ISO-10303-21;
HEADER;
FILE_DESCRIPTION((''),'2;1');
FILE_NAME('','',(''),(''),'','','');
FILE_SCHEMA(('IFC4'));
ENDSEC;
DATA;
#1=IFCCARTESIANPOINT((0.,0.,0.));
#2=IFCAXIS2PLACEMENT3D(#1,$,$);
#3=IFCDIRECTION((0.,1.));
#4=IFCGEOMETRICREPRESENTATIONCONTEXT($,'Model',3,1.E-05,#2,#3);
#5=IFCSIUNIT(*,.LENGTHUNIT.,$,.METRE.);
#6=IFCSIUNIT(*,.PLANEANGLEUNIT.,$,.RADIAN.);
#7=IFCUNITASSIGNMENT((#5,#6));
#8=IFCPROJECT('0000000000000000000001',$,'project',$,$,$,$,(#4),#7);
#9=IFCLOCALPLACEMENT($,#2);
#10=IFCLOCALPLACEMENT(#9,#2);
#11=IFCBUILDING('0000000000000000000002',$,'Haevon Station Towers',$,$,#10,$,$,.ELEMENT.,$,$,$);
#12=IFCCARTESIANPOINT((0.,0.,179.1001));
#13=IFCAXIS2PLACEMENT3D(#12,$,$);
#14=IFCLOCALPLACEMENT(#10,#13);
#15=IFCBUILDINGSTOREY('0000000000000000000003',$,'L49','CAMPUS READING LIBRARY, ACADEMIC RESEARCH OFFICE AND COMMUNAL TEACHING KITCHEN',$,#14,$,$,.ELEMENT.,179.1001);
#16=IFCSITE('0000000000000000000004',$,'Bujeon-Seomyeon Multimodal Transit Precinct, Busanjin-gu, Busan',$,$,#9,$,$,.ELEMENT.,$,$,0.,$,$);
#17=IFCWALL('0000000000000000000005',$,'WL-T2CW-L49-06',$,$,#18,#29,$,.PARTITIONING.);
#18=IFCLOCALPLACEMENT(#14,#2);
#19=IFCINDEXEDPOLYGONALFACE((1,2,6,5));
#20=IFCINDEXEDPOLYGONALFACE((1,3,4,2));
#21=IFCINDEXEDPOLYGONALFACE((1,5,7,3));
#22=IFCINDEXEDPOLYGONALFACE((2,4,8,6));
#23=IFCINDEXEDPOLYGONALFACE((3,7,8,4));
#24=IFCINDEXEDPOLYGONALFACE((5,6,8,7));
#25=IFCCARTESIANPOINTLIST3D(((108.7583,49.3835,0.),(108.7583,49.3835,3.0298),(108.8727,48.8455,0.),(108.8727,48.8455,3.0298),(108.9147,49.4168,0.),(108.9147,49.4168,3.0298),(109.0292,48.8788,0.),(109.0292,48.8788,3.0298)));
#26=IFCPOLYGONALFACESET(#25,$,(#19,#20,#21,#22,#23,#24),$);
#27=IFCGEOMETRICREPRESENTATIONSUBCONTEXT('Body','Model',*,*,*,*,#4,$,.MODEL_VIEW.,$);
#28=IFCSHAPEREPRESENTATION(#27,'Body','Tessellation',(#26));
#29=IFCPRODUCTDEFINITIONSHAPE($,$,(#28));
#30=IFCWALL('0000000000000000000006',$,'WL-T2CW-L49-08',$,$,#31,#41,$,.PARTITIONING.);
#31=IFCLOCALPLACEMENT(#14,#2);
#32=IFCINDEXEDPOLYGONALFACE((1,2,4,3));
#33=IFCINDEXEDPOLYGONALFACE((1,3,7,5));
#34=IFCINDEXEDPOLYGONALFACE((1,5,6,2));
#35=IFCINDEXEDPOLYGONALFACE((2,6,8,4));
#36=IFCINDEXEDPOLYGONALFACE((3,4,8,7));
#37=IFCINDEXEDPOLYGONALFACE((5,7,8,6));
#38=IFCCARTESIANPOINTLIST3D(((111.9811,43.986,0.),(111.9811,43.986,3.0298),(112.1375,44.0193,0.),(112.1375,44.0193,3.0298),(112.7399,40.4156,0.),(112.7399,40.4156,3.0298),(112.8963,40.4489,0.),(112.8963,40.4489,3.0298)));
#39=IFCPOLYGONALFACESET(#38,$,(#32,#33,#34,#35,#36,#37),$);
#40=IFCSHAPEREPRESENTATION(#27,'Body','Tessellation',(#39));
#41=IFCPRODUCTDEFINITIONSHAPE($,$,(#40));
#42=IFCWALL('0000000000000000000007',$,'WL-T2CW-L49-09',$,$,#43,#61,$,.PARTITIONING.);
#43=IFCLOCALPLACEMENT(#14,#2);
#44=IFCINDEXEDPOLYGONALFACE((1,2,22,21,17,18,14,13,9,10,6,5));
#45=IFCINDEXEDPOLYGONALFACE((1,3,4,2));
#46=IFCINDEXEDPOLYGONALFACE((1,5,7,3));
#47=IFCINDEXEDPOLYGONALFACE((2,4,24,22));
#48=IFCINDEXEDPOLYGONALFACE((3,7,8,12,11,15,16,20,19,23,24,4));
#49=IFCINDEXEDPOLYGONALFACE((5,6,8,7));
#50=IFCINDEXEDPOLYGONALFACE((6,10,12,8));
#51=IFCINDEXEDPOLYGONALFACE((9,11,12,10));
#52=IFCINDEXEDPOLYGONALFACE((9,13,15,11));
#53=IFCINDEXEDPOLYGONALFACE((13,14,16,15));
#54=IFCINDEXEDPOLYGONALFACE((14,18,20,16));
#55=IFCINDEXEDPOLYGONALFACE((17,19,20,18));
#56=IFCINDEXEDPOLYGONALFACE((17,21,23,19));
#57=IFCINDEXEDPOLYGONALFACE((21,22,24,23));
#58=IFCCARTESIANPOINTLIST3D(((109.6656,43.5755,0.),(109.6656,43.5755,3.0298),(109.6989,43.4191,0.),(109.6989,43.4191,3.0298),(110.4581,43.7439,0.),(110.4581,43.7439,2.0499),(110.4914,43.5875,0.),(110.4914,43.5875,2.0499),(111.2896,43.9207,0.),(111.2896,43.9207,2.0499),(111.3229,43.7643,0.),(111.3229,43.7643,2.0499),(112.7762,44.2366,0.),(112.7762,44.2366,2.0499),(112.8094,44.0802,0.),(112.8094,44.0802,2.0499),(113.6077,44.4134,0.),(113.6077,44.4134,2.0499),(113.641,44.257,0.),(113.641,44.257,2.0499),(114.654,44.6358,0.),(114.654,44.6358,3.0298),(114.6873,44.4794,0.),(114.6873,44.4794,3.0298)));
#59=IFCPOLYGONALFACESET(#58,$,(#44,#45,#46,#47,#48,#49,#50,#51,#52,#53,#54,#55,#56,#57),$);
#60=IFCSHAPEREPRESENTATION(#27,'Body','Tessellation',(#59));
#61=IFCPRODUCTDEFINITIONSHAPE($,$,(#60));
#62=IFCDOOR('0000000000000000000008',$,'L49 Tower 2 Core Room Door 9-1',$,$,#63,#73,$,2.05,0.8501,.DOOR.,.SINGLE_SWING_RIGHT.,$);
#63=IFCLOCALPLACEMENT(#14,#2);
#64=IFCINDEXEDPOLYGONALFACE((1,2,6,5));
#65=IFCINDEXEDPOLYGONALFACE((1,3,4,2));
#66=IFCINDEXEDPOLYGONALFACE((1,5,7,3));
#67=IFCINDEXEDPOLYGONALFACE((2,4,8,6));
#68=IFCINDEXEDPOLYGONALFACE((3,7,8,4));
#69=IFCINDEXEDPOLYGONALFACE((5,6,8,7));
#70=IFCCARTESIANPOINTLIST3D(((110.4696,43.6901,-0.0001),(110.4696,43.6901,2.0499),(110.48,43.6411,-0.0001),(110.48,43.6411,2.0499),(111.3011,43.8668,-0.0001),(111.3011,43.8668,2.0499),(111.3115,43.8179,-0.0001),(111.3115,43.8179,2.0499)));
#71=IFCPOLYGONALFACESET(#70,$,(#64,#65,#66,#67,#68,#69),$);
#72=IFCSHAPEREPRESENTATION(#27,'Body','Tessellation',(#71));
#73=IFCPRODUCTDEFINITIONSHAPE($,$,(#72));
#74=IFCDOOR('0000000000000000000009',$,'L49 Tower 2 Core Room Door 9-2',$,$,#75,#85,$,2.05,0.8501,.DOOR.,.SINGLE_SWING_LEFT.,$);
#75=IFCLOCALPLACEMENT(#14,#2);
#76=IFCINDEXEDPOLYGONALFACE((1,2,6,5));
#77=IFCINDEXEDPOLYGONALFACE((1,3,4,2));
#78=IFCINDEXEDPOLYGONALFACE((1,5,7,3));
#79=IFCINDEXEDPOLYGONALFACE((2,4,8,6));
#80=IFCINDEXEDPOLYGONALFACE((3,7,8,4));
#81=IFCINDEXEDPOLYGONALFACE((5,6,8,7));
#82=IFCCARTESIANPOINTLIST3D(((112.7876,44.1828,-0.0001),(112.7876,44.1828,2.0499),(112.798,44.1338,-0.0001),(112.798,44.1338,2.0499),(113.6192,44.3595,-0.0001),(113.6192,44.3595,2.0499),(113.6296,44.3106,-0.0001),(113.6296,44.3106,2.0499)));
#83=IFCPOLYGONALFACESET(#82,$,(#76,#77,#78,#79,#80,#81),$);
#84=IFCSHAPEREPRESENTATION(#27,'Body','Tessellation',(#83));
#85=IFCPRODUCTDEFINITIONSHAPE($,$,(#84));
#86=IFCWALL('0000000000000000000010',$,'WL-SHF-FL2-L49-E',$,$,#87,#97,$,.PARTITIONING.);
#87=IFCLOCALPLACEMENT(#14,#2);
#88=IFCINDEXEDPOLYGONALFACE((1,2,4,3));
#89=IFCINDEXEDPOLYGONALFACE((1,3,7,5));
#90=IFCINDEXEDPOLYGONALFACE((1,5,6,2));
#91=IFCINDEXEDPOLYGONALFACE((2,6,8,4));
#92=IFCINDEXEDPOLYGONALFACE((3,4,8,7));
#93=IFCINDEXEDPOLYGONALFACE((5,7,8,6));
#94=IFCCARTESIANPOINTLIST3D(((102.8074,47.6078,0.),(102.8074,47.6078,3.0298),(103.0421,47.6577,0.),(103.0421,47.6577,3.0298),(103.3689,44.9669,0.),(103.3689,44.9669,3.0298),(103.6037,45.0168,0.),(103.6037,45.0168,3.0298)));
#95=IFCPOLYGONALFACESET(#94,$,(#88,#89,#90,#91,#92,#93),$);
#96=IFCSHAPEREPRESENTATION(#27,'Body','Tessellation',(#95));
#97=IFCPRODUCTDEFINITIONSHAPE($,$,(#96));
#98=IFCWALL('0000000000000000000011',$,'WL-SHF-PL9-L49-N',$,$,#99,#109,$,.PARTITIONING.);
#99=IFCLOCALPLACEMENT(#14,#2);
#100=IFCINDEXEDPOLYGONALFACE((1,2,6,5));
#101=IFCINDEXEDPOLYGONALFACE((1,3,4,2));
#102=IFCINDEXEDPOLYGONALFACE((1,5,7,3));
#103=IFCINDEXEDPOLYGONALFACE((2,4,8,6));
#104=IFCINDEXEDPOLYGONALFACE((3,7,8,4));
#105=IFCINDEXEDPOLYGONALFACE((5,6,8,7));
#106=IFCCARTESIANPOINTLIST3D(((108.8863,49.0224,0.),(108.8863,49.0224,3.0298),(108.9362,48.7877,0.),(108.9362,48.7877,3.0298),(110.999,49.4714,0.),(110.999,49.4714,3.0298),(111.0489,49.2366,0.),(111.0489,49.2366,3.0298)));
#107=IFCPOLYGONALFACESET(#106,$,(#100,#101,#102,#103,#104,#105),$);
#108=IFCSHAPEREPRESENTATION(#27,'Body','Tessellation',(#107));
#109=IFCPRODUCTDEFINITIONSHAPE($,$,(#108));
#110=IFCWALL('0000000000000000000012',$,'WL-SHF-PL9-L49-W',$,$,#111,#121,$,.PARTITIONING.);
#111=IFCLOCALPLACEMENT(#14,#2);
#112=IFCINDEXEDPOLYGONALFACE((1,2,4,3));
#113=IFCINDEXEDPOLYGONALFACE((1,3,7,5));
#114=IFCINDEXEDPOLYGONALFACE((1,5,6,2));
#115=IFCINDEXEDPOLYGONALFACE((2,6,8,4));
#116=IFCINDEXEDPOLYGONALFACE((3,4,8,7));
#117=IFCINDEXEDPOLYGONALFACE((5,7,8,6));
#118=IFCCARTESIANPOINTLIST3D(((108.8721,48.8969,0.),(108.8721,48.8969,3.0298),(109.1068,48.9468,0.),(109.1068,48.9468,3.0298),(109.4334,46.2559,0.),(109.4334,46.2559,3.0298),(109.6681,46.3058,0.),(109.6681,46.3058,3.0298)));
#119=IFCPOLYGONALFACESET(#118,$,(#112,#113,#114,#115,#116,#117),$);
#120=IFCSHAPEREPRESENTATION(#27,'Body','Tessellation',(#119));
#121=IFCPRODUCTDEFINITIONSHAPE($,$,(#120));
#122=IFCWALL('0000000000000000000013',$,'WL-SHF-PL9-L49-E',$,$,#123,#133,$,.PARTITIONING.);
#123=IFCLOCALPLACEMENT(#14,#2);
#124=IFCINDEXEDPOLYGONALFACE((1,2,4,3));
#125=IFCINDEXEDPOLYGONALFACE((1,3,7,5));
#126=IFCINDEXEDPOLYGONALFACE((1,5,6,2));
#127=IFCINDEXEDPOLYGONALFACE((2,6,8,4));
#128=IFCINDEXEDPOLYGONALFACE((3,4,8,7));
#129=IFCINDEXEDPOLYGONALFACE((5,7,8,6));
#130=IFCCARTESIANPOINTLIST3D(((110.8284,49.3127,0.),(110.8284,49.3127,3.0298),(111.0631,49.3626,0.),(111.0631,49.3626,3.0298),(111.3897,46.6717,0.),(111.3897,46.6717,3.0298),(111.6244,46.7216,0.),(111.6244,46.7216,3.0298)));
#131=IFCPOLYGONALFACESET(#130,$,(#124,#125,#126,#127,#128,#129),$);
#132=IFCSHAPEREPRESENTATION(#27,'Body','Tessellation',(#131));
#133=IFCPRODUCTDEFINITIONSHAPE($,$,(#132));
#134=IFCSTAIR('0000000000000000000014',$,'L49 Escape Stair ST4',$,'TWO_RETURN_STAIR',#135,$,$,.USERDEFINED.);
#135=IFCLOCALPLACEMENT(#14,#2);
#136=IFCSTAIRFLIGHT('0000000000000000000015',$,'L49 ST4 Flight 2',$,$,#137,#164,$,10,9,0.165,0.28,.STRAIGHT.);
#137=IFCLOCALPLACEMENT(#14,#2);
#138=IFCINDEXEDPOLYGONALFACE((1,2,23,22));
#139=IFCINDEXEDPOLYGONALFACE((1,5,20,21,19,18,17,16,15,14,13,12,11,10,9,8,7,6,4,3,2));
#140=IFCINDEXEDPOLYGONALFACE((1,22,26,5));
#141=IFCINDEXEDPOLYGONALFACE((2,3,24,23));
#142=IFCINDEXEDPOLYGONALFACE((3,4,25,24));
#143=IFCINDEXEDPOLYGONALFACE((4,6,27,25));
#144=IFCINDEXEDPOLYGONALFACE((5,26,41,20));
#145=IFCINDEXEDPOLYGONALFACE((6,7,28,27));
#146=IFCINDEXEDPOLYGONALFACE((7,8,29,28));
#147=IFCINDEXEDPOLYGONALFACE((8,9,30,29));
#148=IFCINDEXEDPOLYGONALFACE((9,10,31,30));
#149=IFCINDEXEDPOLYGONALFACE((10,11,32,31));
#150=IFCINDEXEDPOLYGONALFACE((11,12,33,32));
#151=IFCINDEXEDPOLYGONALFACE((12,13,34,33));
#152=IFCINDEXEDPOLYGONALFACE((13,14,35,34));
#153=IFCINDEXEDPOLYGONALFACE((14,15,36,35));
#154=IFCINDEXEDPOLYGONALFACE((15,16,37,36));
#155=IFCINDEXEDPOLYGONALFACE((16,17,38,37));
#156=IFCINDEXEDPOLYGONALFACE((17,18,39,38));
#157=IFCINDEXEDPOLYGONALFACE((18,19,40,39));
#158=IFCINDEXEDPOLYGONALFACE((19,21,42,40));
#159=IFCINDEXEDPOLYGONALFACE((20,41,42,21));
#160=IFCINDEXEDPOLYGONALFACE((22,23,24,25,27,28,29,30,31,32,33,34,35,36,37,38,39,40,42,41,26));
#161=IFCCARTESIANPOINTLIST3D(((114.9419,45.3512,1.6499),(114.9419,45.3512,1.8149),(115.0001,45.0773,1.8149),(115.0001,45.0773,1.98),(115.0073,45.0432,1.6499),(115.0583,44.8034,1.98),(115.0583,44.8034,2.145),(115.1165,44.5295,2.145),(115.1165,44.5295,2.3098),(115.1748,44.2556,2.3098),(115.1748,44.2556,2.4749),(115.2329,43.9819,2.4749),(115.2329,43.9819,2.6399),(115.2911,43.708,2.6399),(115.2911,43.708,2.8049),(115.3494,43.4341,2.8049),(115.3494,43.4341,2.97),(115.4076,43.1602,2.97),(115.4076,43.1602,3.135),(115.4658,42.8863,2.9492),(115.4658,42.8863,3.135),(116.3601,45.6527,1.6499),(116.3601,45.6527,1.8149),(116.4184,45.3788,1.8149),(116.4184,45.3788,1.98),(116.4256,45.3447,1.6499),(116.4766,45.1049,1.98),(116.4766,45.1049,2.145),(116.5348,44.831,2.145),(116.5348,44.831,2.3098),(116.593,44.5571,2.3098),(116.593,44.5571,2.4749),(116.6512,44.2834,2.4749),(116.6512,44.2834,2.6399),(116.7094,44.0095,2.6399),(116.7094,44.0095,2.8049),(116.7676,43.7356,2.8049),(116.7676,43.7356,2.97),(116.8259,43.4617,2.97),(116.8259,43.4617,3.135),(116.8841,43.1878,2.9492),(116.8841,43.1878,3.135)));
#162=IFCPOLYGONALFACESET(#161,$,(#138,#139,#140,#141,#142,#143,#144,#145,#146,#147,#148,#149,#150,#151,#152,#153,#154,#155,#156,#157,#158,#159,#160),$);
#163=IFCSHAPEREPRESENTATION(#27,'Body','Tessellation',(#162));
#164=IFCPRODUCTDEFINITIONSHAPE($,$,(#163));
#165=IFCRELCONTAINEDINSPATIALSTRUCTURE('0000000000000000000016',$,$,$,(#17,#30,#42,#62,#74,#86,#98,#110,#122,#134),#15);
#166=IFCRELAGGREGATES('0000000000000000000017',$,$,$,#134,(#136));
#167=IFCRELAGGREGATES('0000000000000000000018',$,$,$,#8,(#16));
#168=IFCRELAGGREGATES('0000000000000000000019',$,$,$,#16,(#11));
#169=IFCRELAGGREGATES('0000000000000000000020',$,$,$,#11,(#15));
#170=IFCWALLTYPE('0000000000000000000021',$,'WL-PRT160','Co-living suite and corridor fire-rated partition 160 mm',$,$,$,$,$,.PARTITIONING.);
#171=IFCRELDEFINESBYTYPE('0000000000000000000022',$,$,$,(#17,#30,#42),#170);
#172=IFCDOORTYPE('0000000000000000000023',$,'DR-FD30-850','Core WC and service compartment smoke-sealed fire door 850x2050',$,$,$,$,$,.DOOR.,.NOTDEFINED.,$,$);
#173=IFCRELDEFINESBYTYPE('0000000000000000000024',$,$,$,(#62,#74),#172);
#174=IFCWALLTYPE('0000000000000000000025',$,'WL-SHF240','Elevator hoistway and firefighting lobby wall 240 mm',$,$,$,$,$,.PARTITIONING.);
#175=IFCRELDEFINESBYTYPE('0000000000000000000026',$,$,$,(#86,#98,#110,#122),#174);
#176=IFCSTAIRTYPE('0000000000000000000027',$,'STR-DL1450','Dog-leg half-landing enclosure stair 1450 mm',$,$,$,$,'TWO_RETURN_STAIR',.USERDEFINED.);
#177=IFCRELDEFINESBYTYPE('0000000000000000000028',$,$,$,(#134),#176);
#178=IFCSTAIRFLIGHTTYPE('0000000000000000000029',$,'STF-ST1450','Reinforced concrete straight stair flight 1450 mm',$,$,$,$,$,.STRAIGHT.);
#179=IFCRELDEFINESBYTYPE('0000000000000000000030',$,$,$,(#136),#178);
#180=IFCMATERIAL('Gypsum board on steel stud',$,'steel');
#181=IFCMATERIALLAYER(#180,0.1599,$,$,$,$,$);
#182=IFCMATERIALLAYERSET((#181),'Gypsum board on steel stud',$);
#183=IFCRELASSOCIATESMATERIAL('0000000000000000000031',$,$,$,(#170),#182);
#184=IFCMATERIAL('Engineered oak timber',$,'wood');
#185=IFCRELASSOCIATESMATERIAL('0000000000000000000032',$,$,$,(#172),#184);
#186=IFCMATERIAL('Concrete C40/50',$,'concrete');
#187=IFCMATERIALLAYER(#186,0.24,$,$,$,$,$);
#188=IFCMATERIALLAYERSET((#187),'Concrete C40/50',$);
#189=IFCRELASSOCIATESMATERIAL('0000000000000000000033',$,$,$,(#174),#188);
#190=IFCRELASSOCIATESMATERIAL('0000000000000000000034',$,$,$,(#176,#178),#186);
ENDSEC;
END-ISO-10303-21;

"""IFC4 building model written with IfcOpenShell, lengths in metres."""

from ifc_helpers import new_model, si_unit, direction, frame, frame_2d, origin, place, context, subcontext, project, spatial, polyline, rectangle, outline, extrude, material, layer, layer_set, type_object, element, fill, aggregate, save


model = new_model("IFC4")

# Units and contexts
model_context = context("Model", 3, precision=1e-05, world=origin(), true_north=direction((0.0, 1.0)))
body_context = subcontext(model_context, "Body", "Model", "MODEL_VIEW")
ifc_project = project(units=[si_unit("LENGTHUNIT", "METRE"), si_unit("PLANEANGLEUNIT", "RADIAN")], contexts=[model_context])

# Site, building, storey
site_placement = place(None, origin())
site = spatial("IfcSite", under=ifc_project, at=site_placement, Name="Bujeon-Seomyeon Multimodal Transit Precinct, Busanjin-gu, Busan", CompositionType="ELEMENT", RefElevation=0.0)
building_placement = place(site_placement, origin())
building = spatial("IfcBuilding", under=site, at=building_placement, Name="Haevon Station Towers", CompositionType="ELEMENT")
storey_placement = place(building_placement, frame((0.0, 0.0, 179.1001)))
storey = spatial("IfcBuildingStorey", under=building, at=storey_placement, Name="L49", Description="CAMPUS READING LIBRARY, ACADEMIC RESEARCH OFFICE AND COMMUNAL TEACHING KITCHEN", CompositionType="ELEMENT", Elevation=179.1001)

# Shared definitions
ifc_material_1 = material(Name="Gypsum board on steel stud", Category="steel")
ifc_material_2 = material(Name="Engineered oak timber", Category="wood")

# Shared definitions
ifc_layer_1 = layer(ifc_material_1, 0.1599)
ifc_layer_set_1 = layer_set([ifc_layer_1], Name="Gypsum board on steel stud")
wall_type_1 = type_object("IfcWallType", Name="WL-PRT160", Description="Co-living suite and corridor fire-rated partition 160 mm", PredefinedType="PARTITIONING", material=ifc_layer_set_1)

# Walls
wall_1_placement = place(storey_placement, frame((108.9509, 48.8623, 0.0), z_axis=(0.0, 0.0, 1.0), x_axis=(-0.208135, 0.9781, 0.0)))
element("IfcWall", 1, at=wall_1_placement, inside=storey, type_object=wall_type_1, Name="WL-T2CW-L49-06", PredefinedType="PARTITIONING", context=body_context, shape_type="SweptSolid", body=[
    extrude(rectangle(XDim=0.55, YDim=0.1599, at=frame_2d((0.2749, 0.0))), origin(), (0.0, 0.0, 1.0), 3.0298),
])
wall_2_placement = place(storey_placement, frame((112.8181, 40.4321, 0.0), z_axis=(0.0, 0.0, 1.0), x_axis=(-0.207884, 0.978153, 0.0)))
element("IfcWall", 2, at=wall_2_placement, inside=storey, type_object=wall_type_1, Name="WL-T2CW-L49-08", PredefinedType="PARTITIONING", context=body_context, shape_type="SweptSolid", body=[
    extrude(rectangle(XDim=3.6501, YDim=0.1599, at=frame_2d((1.8252, 0.0))), origin(), (0.0, 0.0, 1.0), 3.0298),
])

# Wall, openings, doors
wall_3_placement = place(storey_placement, frame((109.6824, 43.4973, 0.0), z_axis=(0.0, 0.0, 1.0), x_axis=(0.978149, 0.207904, 0.0)))
wall_3 = element("IfcWall", 3, at=wall_3_placement, inside=storey, type_object=wall_type_1, Name="WL-T2CW-L49-09", PredefinedType="PARTITIONING", context=body_context, shape_type="SweptSolid", body=[
    extrude(rectangle(XDim=5.0999, YDim=0.1599, at=frame_2d((2.5498, 0.0))), origin(), (0.0, 0.0, 1.0), 3.0298),
])
opening_1_placement = place(wall_3_placement, frame((0.8101, 0.0, 0.0)))
opening_1 = element("IfcOpeningElement", 4, at=opening_1_placement, cuts=wall_3, PredefinedType="OPENING", context=body_context, shape_type="SweptSolid", body=[
    extrude(rectangle(XDim=0.8501, YDim=2.05, at=frame_2d((0.425, 1.0249))), frame((0.0, 0.0898, 0.0), z_axis=(0.0, -1.0, 0.0), x_axis=(1.0, 0.0, 0.0)), (0.0, 0.0, 1.0), 0.1799),
])
opening_2_placement = place(wall_3_placement, frame((3.1799, 0.0, 0.0)))
opening_2 = element("IfcOpeningElement", 5, at=opening_2_placement, cuts=wall_3, PredefinedType="OPENING", context=body_context, shape_type="SweptSolid", body=[
    extrude(rectangle(XDim=0.8501, YDim=2.05, at=frame_2d((0.425, 1.0249))), frame((0.0, 0.0898, 0.0), z_axis=(0.0, -1.0, 0.0), x_axis=(1.0, 0.0, 0.0)), (0.0, 0.0, 1.0), 0.1799),
])
door_type_1 = type_object("IfcDoorType", Name="DR-FD30-850", Description="Core WC and service compartment smoke-sealed fire door 850x2050", OperationType="NOTDEFINED", PredefinedType="DOOR", material=ifc_material_2)
door_1_placement = place(opening_1_placement, origin())
door_1 = element("IfcDoor", 6, at=door_1_placement, inside=storey, type_object=door_type_1, Name="L49 Tower 2 Core Room Door 9-1", OperationType="SINGLE_SWING_RIGHT", OverallHeight=2.05, OverallWidth=0.8501, PredefinedType="DOOR", context=body_context, shape_type="SweptSolid", body=[
    extrude(rectangle(XDim=0.8501, YDim=2.05, at=frame_2d((0.425, 1.0249))), frame((0.0, 0.0249, 0.0), z_axis=(0.0, -1.0, 0.0), x_axis=(1.0, 0.0, 0.0)), (0.0, 0.0, 1.0), 0.05),
])
fill(opening_1, door_1)
door_2_placement = place(opening_2_placement, origin())
door_2 = element("IfcDoor", 7, at=door_2_placement, inside=storey, type_object=door_type_1, Name="L49 Tower 2 Core Room Door 9-2", OperationType="SINGLE_SWING_LEFT", OverallHeight=2.05, OverallWidth=0.8501, PredefinedType="DOOR", context=body_context, shape_type="SweptSolid", body=[
    extrude(rectangle(XDim=0.8501, YDim=2.05, at=frame_2d((0.425, 1.0249))), frame((0.0, 0.0249, 0.0), z_axis=(0.0, -1.0, 0.0), x_axis=(1.0, 0.0, 0.0)), (0.0, 0.0, 1.0), 0.05),
])
fill(opening_2, door_2)

# Wall
ifc_material_3 = material(Name="Concrete C40/50", Category="concrete")
ifc_layer_2 = layer(ifc_material_3, 0.24)
ifc_layer_set_2 = layer_set([ifc_layer_2], Name="Concrete C40/50")
wall_type_2 = type_object("IfcWallType", Name="WL-SHF240", Description="Elevator hoistway and firefighting lobby wall 240 mm", PredefinedType="PARTITIONING", material=ifc_layer_set_2)
wall_4_placement = place(storey_placement, frame((103.4863, 44.9917, 0.0), z_axis=(0.0, 0.0, 1.0), x_axis=(-0.207979, 0.978133, 0.0)))
element("IfcWall", 8, at=wall_4_placement, inside=storey, type_object=wall_type_2, Name="WL-SHF-FL2-L49-E", PredefinedType="PARTITIONING", context=body_context, shape_type="SweptSolid", body=[
    extrude(rectangle(XDim=2.7, YDim=0.24, at=frame_2d((1.3501, 0.0))), origin(), (0.0, 0.0, 1.0), 3.0298),
])

# Walls
wall_5_placement = place(storey_placement, frame((108.9111, 48.905, 0.0), z_axis=(0.0, 0.0, 1.0), x_axis=(0.978158, 0.207861, 0.0)))
element("IfcWall", 9, at=wall_5_placement, inside=storey, type_object=wall_type_2, Name="WL-SHF-PL9-L49-N", PredefinedType="PARTITIONING", context=body_context, shape_type="SweptSolid", body=[
    extrude(rectangle(XDim=2.1599, YDim=0.24, at=frame_2d((1.0801, 0.0))), origin(), (0.0, 0.0, 1.0), 3.0298),
])
for number, where, z_axis, x_axis, name in (
    (10, (109.5508, 46.2808, 0.0), (0.0, 0.0, 1.0), (-0.207892, 0.978152, 0.0), "WL-SHF-PL9-L49-W"),
    (11, (111.5071, 46.6965, 0.0), (0.0, 0.0, 1.0), (-0.207892, 0.978152, 0.0), "WL-SHF-PL9-L49-E"),
):
    element("IfcWall", number, at=place(storey_placement, frame(where, z_axis=z_axis, x_axis=x_axis)), inside=storey, type_object=wall_type_2, Name=name, PredefinedType="PARTITIONING", context=body_context, shape_type="SweptSolid", body=[
        extrude(rectangle(XDim=2.7, YDim=0.24, at=frame_2d((1.3501, 0.0))), origin(), (0.0, 0.0, 1.0), 3.0298),
    ])

# Stair, stair flight
stair_type = type_object("IfcStairType", Name="STR-DL1450", Description="Dog-leg half-landing enclosure stair 1450 mm", ElementType="TWO_RETURN_STAIR", PredefinedType="USERDEFINED", material=ifc_material_3)
stair_placement = place(storey_placement, origin())
stair = element("IfcStair", 12, at=stair_placement, inside=storey, type_object=stair_type, Name="L49 Escape Stair ST4", ObjectType="TWO_RETURN_STAIR", PredefinedType="USERDEFINED")
stair_flight_type = type_object("IfcStairFlightType", Name="STF-ST1450", Description="Reinforced concrete straight stair flight 1450 mm", PredefinedType="STRAIGHT", material=ifc_material_3)
stair_flight_placement = place(storey_placement, frame((115.6509, 45.502, 1.6499), z_axis=(0.0, 0.0, 1.0), x_axis=(0.207912, -0.978148, 0.0)))
stair_flight = element("IfcStairFlight", 13, at=stair_flight_placement, type_object=stair_flight_type, Name="L49 ST4 Flight 2", NumberOfRisers=10, NumberOfTreads=9, PredefinedType="STRAIGHT", RiserHeight=0.165, TreadLength=0.28, context=body_context, shape_type="SweptSolid", body=[
    extrude(outline(polyline([(0.0, 0.0), (0.0, 0.165), (0.28, 0.165), (0.28, 0.3301), (0.5601, 0.3301), (0.5601, 0.4951), (0.8401, 0.4951), (0.8401, 0.6599), (1.1201, 0.6599), (1.1201, 0.825), (1.3999, 0.825), (1.3999, 0.99), (1.6799, 0.99), (1.6799, 1.155), (1.96, 1.155), (1.96, 1.3201), (2.24, 1.3201), (2.24, 1.4851), (2.52, 1.4851), (2.52, 1.6499), (2.52, 1.2993), (0.3149, 0.0), (0.0, 0.0)])), frame((0.0, 0.7251, 0.0), z_axis=(0.0, -1.0, 0.0), x_axis=(1.0, 0.0, 0.0)), (0.0, 0.0, 1.0), 1.45),
])
aggregate(stair, [stair_flight])

save(model, "model.ifc")
